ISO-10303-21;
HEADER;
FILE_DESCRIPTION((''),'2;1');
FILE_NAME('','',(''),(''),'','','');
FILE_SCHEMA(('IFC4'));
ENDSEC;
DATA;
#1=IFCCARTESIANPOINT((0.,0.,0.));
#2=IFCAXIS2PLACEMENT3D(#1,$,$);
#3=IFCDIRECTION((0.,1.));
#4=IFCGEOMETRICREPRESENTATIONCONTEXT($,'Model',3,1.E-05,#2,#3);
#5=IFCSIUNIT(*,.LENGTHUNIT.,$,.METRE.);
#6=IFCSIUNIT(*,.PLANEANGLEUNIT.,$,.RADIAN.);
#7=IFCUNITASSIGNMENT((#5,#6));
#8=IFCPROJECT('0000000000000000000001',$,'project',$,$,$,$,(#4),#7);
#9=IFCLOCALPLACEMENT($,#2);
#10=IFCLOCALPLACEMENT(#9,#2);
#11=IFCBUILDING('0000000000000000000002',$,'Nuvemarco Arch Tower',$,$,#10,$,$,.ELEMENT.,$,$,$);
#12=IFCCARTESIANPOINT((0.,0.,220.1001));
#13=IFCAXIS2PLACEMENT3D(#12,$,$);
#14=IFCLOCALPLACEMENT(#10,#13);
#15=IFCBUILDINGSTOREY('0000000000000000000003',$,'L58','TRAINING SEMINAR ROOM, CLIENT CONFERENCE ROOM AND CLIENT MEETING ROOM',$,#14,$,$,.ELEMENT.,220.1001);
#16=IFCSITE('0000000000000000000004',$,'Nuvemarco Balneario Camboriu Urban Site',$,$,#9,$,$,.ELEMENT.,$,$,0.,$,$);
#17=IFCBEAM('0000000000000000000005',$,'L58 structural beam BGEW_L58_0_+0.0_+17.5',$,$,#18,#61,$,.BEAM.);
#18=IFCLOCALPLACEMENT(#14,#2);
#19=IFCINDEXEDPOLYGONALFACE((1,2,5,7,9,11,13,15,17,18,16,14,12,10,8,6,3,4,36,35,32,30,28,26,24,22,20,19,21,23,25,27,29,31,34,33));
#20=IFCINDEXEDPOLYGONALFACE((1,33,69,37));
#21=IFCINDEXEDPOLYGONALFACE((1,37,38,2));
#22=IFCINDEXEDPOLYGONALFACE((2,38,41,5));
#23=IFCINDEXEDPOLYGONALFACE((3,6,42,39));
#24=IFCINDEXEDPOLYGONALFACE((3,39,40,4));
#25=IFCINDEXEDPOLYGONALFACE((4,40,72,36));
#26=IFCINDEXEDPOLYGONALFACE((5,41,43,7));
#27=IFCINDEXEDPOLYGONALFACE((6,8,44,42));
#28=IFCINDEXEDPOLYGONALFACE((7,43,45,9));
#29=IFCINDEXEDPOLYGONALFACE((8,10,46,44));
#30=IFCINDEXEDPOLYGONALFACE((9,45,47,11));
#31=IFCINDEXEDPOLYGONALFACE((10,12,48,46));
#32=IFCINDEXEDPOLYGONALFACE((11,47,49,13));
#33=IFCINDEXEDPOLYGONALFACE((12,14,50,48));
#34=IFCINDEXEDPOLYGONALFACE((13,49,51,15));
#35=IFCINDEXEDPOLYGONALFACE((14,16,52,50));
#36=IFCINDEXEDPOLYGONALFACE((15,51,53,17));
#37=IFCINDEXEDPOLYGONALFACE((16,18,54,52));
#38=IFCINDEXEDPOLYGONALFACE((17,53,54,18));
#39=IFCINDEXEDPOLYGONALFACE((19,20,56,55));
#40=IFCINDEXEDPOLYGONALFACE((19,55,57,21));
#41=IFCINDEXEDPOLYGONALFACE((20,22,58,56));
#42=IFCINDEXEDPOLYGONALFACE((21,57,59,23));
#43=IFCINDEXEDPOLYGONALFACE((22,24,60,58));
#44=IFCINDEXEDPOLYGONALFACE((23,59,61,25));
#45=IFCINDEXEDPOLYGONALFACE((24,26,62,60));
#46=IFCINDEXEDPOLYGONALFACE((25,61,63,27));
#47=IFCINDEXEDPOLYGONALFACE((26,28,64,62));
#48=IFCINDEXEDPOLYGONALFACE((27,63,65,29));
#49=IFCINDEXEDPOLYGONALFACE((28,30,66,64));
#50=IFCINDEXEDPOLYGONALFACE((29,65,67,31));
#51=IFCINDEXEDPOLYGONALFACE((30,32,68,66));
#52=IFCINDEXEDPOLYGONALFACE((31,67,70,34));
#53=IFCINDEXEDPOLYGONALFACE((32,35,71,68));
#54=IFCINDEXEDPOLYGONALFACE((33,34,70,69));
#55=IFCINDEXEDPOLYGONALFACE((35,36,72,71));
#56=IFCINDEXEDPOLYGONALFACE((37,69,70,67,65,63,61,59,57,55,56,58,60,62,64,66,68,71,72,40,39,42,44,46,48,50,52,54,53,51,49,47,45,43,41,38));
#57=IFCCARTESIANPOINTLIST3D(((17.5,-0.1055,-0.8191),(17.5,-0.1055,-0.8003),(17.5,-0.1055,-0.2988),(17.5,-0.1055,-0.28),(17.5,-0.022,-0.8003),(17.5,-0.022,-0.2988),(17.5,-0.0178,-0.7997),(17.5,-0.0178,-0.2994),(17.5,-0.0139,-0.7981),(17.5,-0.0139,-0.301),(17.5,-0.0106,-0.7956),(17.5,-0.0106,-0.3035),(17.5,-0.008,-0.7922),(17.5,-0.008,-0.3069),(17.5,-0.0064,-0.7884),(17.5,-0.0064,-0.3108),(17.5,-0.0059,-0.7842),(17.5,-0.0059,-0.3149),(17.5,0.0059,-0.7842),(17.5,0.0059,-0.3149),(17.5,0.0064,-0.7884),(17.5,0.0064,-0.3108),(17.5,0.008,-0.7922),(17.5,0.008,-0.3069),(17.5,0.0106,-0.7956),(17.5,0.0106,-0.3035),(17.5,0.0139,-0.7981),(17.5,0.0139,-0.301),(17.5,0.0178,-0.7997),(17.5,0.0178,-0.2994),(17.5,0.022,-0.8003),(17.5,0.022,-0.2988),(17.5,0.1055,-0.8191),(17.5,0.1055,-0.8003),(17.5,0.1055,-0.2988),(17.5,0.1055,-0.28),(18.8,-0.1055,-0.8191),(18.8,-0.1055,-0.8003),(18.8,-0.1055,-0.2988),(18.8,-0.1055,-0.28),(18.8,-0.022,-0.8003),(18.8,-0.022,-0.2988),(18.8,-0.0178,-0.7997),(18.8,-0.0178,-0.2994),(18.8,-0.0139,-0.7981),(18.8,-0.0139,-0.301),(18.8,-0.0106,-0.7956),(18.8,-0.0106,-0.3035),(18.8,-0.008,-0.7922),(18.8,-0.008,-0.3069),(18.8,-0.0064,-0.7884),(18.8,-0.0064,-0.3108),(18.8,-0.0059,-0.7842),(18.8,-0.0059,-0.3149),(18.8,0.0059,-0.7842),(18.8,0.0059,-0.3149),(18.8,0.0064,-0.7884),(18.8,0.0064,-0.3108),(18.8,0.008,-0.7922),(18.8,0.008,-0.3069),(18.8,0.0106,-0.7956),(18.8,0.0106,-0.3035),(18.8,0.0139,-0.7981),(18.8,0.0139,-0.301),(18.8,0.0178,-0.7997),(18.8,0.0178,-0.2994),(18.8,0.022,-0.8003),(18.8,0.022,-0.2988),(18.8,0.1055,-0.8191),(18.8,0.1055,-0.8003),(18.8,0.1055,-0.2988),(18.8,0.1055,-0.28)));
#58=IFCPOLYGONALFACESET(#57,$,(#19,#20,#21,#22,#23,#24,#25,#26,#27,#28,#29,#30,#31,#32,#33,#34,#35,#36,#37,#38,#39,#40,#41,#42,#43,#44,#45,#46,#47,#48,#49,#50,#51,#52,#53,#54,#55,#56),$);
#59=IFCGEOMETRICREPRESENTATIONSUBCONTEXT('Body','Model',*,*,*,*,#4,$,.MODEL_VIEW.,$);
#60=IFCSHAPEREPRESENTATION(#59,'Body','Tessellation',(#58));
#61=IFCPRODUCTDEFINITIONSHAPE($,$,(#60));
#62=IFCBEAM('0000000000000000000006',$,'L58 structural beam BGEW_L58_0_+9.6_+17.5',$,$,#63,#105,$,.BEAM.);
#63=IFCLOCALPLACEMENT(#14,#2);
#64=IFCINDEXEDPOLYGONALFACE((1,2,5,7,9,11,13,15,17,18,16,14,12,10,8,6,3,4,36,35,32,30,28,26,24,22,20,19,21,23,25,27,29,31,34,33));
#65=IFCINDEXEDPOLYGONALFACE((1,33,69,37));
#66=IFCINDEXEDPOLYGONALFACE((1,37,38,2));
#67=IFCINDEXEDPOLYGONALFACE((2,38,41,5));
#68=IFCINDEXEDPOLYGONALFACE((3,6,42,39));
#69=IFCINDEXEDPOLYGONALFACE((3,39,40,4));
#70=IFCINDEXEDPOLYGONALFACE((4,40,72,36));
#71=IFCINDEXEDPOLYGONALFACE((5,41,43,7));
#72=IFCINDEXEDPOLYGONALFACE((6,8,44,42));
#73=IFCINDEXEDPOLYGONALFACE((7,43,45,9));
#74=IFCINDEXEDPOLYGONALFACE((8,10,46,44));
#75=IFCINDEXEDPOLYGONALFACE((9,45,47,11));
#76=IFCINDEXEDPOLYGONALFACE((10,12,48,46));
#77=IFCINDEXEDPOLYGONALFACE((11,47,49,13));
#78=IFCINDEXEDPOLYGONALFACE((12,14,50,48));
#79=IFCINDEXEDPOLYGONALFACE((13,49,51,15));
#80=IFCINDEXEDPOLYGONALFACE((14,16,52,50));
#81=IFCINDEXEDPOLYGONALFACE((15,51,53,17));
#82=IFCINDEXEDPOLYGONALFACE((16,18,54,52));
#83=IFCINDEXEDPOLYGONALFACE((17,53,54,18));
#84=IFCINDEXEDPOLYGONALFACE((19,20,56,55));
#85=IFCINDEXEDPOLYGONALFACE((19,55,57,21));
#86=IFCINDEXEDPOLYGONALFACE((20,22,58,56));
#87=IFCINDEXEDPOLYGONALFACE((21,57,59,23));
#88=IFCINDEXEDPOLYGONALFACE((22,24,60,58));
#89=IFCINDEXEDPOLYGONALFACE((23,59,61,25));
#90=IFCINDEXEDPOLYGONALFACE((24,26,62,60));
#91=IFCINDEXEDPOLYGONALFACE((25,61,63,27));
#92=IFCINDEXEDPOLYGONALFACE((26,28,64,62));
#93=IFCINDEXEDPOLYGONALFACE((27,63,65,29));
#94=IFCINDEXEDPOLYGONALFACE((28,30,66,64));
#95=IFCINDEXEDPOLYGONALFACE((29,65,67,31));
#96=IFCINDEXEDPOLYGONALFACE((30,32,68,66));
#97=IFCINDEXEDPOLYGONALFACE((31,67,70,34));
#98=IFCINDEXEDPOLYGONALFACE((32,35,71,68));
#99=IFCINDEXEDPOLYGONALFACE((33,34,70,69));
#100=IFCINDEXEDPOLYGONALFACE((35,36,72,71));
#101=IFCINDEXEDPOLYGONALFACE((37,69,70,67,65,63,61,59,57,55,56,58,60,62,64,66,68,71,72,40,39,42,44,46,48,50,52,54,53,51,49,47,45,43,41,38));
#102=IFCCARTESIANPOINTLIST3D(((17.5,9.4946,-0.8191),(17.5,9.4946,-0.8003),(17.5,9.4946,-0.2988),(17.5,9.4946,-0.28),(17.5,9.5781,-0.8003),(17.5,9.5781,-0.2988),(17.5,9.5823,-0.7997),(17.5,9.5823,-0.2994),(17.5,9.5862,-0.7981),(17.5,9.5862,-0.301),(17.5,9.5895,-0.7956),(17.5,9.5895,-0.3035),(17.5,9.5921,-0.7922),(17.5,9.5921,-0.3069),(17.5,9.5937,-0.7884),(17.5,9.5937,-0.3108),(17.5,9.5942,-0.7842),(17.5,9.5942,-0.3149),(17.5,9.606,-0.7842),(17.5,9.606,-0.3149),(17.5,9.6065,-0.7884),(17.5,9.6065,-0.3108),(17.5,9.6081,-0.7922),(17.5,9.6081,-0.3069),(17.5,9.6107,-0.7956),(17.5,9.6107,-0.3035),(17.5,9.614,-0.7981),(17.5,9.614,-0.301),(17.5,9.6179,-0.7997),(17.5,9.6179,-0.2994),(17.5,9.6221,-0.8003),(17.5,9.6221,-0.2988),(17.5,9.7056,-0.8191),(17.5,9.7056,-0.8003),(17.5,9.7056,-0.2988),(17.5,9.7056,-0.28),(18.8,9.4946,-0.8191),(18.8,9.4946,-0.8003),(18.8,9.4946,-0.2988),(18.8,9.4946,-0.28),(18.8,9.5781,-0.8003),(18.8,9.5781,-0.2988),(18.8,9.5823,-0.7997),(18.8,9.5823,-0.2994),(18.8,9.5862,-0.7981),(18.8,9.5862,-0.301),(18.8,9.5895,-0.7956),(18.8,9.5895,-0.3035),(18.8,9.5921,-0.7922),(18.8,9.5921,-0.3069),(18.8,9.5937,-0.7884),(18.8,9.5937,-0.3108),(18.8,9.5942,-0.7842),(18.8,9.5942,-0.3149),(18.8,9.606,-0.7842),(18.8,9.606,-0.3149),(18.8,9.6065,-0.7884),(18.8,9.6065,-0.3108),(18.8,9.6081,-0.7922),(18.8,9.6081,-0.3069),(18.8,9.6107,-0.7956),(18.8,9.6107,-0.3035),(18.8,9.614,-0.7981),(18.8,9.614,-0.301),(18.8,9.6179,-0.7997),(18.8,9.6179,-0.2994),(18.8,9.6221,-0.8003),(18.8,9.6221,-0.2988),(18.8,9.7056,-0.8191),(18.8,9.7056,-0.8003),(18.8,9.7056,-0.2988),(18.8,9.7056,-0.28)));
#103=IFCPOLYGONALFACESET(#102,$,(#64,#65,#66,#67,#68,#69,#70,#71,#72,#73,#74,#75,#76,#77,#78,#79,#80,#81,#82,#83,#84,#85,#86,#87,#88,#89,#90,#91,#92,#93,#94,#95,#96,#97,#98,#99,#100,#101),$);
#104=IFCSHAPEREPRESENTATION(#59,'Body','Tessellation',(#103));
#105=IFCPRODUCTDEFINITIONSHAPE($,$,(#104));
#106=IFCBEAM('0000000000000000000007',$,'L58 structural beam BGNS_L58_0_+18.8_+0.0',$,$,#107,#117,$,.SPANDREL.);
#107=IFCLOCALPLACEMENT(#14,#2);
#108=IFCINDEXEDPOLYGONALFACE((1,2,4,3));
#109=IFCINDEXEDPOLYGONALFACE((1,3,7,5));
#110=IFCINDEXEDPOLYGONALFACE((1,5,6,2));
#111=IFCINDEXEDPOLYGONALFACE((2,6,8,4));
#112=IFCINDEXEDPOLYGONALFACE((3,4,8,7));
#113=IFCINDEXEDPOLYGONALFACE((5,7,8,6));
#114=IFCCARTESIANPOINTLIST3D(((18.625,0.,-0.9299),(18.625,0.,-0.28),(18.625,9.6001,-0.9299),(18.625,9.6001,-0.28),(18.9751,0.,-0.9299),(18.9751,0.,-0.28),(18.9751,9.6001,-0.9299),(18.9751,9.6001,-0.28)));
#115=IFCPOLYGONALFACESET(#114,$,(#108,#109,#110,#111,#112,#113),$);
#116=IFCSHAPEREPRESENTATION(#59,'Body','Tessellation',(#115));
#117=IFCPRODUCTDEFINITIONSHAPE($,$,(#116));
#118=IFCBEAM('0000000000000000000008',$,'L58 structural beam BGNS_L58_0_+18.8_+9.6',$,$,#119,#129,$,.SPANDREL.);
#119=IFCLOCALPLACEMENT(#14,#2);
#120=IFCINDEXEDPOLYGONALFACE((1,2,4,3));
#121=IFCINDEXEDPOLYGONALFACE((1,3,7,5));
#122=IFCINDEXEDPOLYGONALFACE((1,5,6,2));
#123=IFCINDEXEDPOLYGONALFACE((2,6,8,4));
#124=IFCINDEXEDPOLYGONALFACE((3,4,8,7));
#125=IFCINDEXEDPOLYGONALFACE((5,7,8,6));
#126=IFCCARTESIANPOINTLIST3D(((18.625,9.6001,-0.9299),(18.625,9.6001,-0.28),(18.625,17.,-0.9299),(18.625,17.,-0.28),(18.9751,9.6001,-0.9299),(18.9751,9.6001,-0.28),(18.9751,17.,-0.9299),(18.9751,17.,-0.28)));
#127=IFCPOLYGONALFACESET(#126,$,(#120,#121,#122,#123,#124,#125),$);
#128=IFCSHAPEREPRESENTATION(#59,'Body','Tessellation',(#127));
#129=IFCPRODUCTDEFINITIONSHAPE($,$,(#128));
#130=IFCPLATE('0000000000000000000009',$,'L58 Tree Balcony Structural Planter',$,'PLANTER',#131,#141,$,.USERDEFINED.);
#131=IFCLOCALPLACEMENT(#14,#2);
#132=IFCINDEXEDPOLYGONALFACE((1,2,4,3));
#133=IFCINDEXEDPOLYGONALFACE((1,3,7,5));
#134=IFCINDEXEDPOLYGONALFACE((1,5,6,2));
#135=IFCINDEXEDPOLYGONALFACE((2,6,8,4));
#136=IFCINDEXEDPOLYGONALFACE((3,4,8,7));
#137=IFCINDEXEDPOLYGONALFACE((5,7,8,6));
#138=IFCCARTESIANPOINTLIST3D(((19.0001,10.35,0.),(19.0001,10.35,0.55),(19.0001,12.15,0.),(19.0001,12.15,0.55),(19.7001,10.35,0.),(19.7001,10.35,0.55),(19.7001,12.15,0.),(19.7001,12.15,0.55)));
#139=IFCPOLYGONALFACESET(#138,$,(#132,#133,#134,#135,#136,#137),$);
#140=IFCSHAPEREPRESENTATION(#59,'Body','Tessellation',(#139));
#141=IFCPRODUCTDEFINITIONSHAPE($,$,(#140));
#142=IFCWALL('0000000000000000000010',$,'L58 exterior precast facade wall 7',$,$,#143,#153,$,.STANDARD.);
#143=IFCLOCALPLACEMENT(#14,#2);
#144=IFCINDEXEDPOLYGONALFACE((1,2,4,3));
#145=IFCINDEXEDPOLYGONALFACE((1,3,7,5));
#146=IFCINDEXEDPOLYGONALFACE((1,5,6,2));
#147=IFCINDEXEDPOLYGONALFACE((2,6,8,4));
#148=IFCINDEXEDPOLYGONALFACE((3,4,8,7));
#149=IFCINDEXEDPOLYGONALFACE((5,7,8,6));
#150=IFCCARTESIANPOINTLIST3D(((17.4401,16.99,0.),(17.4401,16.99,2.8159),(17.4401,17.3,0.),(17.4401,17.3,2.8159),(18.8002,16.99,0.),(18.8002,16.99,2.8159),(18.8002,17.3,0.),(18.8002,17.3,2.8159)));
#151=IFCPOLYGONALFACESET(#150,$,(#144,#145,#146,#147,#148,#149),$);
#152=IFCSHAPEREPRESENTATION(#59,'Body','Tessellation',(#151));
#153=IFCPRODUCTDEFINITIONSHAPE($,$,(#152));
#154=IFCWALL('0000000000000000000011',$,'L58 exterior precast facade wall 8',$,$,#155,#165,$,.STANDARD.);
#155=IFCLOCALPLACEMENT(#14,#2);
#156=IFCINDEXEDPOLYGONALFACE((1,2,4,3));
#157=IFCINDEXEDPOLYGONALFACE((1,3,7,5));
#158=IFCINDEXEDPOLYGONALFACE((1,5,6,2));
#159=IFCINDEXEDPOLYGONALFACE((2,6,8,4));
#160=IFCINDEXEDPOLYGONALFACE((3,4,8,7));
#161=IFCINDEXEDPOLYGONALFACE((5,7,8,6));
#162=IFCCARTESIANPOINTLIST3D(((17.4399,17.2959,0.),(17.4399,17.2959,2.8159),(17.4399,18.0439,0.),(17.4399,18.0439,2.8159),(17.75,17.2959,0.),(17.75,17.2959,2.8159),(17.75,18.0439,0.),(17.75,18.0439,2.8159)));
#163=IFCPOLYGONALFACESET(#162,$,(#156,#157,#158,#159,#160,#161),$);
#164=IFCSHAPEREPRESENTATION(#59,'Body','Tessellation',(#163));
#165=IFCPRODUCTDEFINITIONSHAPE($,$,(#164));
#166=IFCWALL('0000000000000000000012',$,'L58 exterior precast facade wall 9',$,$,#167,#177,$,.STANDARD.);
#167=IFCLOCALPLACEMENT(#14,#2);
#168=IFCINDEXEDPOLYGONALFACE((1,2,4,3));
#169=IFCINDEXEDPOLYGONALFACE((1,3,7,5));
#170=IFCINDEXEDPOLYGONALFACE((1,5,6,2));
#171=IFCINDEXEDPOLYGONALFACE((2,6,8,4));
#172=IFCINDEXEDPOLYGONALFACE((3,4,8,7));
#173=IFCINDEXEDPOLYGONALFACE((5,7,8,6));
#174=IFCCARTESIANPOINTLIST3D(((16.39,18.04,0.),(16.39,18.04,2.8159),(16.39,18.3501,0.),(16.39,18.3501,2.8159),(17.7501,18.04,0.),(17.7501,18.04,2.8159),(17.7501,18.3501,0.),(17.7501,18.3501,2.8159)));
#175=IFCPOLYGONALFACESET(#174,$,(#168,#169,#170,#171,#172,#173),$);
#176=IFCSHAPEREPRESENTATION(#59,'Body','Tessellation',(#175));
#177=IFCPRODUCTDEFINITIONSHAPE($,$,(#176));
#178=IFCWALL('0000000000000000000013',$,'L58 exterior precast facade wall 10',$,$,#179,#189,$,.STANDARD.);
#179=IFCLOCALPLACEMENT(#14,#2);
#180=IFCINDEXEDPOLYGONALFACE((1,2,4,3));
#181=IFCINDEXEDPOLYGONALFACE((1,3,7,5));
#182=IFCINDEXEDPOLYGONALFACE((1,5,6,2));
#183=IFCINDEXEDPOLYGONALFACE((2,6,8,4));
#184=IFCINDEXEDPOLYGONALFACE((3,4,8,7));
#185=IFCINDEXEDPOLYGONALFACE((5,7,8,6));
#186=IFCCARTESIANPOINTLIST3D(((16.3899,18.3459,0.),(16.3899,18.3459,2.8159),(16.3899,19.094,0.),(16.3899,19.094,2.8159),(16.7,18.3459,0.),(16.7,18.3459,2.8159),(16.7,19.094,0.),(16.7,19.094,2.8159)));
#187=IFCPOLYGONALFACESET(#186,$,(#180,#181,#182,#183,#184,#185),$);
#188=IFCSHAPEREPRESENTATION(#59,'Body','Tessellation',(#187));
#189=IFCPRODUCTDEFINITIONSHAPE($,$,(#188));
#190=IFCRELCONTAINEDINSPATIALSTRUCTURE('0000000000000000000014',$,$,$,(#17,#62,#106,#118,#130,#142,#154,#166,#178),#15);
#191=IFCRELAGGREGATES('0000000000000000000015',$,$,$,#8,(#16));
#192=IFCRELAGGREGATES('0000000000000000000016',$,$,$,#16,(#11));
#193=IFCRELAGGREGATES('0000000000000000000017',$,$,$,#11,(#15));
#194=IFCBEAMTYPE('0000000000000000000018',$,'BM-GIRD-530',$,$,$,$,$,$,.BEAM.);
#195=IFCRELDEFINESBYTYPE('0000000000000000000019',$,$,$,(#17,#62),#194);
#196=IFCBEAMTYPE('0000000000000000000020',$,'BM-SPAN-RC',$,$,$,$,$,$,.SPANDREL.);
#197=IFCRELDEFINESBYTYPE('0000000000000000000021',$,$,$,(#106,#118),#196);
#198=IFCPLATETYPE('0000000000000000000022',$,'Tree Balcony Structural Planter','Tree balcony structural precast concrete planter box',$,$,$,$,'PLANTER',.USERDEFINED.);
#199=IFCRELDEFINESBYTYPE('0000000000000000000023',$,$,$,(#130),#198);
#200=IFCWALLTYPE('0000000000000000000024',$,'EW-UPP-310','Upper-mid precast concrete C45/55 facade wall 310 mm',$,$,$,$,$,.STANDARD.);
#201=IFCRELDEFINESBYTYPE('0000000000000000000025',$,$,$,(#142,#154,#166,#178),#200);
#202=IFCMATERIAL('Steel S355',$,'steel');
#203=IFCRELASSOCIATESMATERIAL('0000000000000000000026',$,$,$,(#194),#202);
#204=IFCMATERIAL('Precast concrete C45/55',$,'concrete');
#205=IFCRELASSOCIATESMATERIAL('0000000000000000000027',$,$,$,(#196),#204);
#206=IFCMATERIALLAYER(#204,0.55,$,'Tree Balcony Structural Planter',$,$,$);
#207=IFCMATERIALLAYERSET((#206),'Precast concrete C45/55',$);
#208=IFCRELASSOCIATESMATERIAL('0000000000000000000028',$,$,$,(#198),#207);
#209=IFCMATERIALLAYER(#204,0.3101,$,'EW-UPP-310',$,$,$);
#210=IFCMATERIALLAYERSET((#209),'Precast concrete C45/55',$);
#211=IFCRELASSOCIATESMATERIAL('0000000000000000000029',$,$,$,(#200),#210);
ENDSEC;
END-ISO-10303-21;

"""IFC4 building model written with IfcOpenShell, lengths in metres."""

from ifc_helpers import new_model, si_unit, direction, frame, frame_2d, origin, origin_2d, place, context, subcontext, project, spatial, rectangle, i_section, extrude, source, transform, mapped, material, layer, layer_set, material_profile, profile_set, type_object, type_shapes, element, save


model = new_model("IFC4")

# Units and contexts
model_context = context("Model", 3, precision=1e-05, world=origin(), true_north=direction((0.0, 1.0)))
body_context = subcontext(model_context, "Body", "Model", "MODEL_VIEW")
ifc_project = project(units=[si_unit("LENGTHUNIT", "METRE"), si_unit("PLANEANGLEUNIT", "RADIAN")], contexts=[model_context])

# Site, building, storey
site_placement = place(None, origin())
site = spatial("IfcSite", under=ifc_project, at=site_placement, Name="Nuvemarco Balneario Camboriu Urban Site", CompositionType="ELEMENT", RefElevation=0.0)
building_placement = place(site_placement, origin())
building = spatial("IfcBuilding", under=site, at=building_placement, Name="Nuvemarco Arch Tower", CompositionType="ELEMENT")
storey_placement = place(building_placement, frame((0.0, 0.0, 220.1001)))
storey = spatial("IfcBuildingStorey", under=building, at=storey_placement, Name="L58", Description="TRAINING SEMINAR ROOM, CLIENT CONFERENCE ROOM AND CLIENT MEETING ROOM", CompositionType="ELEMENT", Elevation=220.1001)

# Shared definitions
ifc_material_1 = material(Name="Steel S355", Category="steel")

# Beams
ifc_material_profile_1 = material_profile(ifc_material_1, i_section(OverallWidth=0.2109, OverallDepth=0.5391, WebThickness=0.0117, FlangeThickness=0.0188, FilletRadius=0.0161, at=origin_2d()), Name="W530x109")
ifc_profile_set_1 = profile_set([ifc_material_profile_1], Name="Steel S355")
beam_type_1 = type_object("IfcBeamType", Name="BM-GIRD-530", PredefinedType="BEAM", material=ifc_profile_set_1)
for number, where, z_axis, x_axis, name in (
    (1, (17.5, 0.0, -0.5496), (1.0, 0.0, 0.0), (0.0, 1.0, 0.0), "L58 structural beam BGEW_L58_0_+0.0_+17.5"),
    (2, (17.5, 9.6001, -0.5496), (1.0, 0.0, 0.0), (0.0, 1.0, 0.0), "L58 structural beam BGEW_L58_0_+9.6_+17.5"),
):
    element("IfcBeam", number, at=place(storey_placement, frame(where, z_axis=z_axis, x_axis=x_axis)), inside=storey, type_object=beam_type_1, Name=name, PredefinedType="BEAM", context=body_context, shape_type="SweptSolid", body=[
        extrude(i_section(OverallWidth=0.2109, OverallDepth=0.5391, WebThickness=0.0117, FlangeThickness=0.0188, FilletRadius=0.0161, at=origin_2d()), origin(), (0.0, 0.0, 1.0), 1.3),
    ])
ifc_material_2 = material(Name="Precast concrete C45/55", Category="concrete")
ifc_material_profile_2 = material_profile(ifc_material_2, rectangle(XDim=0.3501, YDim=0.6499, at=origin_2d()), Name="PC-SP-350x650")
ifc_profile_set_2 = profile_set([ifc_material_profile_2], Name="Precast concrete C45/55")
beam_type_2 = type_object("IfcBeamType", Name="BM-SPAN-RC", PredefinedType="SPANDREL", material=ifc_profile_set_2)
beam_1_placement = place(storey_placement, frame((18.8, 0.0, -0.605), z_axis=(0.0, 1.0, 0.0), x_axis=(-1.0, 0.0, 0.0)))
element("IfcBeam", 3, at=beam_1_placement, inside=storey, type_object=beam_type_2, Name="L58 structural beam BGNS_L58_0_+18.8_+0.0", PredefinedType="SPANDREL", context=body_context, shape_type="SweptSolid", body=[
    extrude(rectangle(XDim=0.3501, YDim=0.6499, at=origin_2d()), origin(), (0.0, 0.0, 1.0), 9.6001),
])
beam_2_placement = place(storey_placement, frame((18.8, 9.6001, -0.605), z_axis=(0.0, 1.0, 0.0), x_axis=(-1.0, 0.0, 0.0)))
element("IfcBeam", 4, at=beam_2_placement, inside=storey, type_object=beam_type_2, Name="L58 structural beam BGNS_L58_0_+18.8_+9.6", PredefinedType="SPANDREL", context=body_context, shape_type="SweptSolid", body=[
    extrude(rectangle(XDim=0.3501, YDim=0.6499, at=origin_2d()), origin(), (0.0, 0.0, 1.0), 7.3999),
])

# Plate
ifc_layer_1 = layer(ifc_material_2, 0.55, Name="Tree Balcony Structural Planter")
ifc_layer_set_1 = layer_set([ifc_layer_1], Name="Precast concrete C45/55")
plate_type = type_object("IfcPlateType", Name="Tree Balcony Structural Planter", Description="Tree balcony structural precast concrete planter box", ElementType="PLANTER", PredefinedType="USERDEFINED", material=ifc_layer_set_1)
shared_shape_1 = source(origin(), body_context, "Body", "SweptSolid", [
    extrude(rectangle(XDim=1.8, YDim=0.7, at=origin_2d()), origin(), (0.0, 0.0, 1.0), 0.55),
])
type_shapes(plate_type, [shared_shape_1])
plate_placement = place(storey_placement, frame((19.3501, 11.25, 0.0), z_axis=(0.0, 0.0, 1.0), x_axis=(0.0, 1.0, 0.0)))
element("IfcPlate", 5, at=plate_placement, inside=storey, type_object=plate_type, Name="L58 Tree Balcony Structural Planter", ObjectType="PLANTER", PredefinedType="USERDEFINED", context=body_context, shape_type="MappedRepresentation", body=[
    mapped(shared_shape_1, transform((0.0, 0.0, 0.0), scale=1.0)),
])

# Walls
ifc_layer_2 = layer(ifc_material_2, 0.3101, Name="EW-UPP-310")
ifc_layer_set_2 = layer_set([ifc_layer_2], Name="Precast concrete C45/55")
wall_type_1 = type_object("IfcWallType", Name="EW-UPP-310", Description="Upper-mid precast concrete C45/55 facade wall 310 mm", PredefinedType="STANDARD", material=ifc_layer_set_2)
wall_1_placement = place(storey_placement, frame((17.4399, 17.145, 0.0), z_axis=(0.0, 0.0, 1.0), x_axis=(1.0, 0.0, 0.0)))
element("IfcWall", 6, at=wall_1_placement, inside=storey, type_object=wall_type_1, Name="L58 exterior precast facade wall 7", PredefinedType="STANDARD", context=body_context, shape_type="SweptSolid", body=[
    extrude(rectangle(XDim=1.3601, YDim=0.3101, at=frame_2d((0.6802, 0.0))), origin(), (0.0, 0.0, 1.0), 2.8159),
])
wall_2_placement = place(storey_placement, frame((17.595, 17.2959, 0.0), z_axis=(0.0, 0.0, 1.0), x_axis=(0.0, 1.0, 0.0)))
element("IfcWall", 7, at=wall_2_placement, inside=storey, type_object=wall_type_1, Name="L58 exterior precast facade wall 8", PredefinedType="STANDARD", context=body_context, shape_type="SweptSolid", body=[
    extrude(rectangle(XDim=0.748, YDim=0.3101, at=frame_2d((0.374, 0.0))), origin(), (0.0, 0.0, 1.0), 2.8159),
])
wall_3_placement = place(storey_placement, frame((16.3899, 18.1951, 0.0), z_axis=(0.0, 0.0, 1.0), x_axis=(1.0, 0.0, 0.0)))
element("IfcWall", 8, at=wall_3_placement, inside=storey, type_object=wall_type_1, Name="L58 exterior precast facade wall 9", PredefinedType="STANDARD", context=body_context, shape_type="SweptSolid", body=[
    extrude(rectangle(XDim=1.3601, YDim=0.3101, at=frame_2d((0.6802, 0.0))), origin(), (0.0, 0.0, 1.0), 2.8159),
])
wall_4_placement = place(storey_placement, frame((16.5449, 18.3459, 0.0), z_axis=(0.0, 0.0, 1.0), x_axis=(0.0, 1.0, 0.0)))
element("IfcWall", 9, at=wall_4_placement, inside=storey, type_object=wall_type_1, Name="L58 exterior precast facade wall 10", PredefinedType="STANDARD", context=body_context, shape_type="SweptSolid", body=[
    extrude(rectangle(XDim=0.748, YDim=0.3101, at=frame_2d((0.374, 0.0))), origin(), (0.0, 0.0, 1.0), 2.8159),
])

save(model, "model.ifc")
